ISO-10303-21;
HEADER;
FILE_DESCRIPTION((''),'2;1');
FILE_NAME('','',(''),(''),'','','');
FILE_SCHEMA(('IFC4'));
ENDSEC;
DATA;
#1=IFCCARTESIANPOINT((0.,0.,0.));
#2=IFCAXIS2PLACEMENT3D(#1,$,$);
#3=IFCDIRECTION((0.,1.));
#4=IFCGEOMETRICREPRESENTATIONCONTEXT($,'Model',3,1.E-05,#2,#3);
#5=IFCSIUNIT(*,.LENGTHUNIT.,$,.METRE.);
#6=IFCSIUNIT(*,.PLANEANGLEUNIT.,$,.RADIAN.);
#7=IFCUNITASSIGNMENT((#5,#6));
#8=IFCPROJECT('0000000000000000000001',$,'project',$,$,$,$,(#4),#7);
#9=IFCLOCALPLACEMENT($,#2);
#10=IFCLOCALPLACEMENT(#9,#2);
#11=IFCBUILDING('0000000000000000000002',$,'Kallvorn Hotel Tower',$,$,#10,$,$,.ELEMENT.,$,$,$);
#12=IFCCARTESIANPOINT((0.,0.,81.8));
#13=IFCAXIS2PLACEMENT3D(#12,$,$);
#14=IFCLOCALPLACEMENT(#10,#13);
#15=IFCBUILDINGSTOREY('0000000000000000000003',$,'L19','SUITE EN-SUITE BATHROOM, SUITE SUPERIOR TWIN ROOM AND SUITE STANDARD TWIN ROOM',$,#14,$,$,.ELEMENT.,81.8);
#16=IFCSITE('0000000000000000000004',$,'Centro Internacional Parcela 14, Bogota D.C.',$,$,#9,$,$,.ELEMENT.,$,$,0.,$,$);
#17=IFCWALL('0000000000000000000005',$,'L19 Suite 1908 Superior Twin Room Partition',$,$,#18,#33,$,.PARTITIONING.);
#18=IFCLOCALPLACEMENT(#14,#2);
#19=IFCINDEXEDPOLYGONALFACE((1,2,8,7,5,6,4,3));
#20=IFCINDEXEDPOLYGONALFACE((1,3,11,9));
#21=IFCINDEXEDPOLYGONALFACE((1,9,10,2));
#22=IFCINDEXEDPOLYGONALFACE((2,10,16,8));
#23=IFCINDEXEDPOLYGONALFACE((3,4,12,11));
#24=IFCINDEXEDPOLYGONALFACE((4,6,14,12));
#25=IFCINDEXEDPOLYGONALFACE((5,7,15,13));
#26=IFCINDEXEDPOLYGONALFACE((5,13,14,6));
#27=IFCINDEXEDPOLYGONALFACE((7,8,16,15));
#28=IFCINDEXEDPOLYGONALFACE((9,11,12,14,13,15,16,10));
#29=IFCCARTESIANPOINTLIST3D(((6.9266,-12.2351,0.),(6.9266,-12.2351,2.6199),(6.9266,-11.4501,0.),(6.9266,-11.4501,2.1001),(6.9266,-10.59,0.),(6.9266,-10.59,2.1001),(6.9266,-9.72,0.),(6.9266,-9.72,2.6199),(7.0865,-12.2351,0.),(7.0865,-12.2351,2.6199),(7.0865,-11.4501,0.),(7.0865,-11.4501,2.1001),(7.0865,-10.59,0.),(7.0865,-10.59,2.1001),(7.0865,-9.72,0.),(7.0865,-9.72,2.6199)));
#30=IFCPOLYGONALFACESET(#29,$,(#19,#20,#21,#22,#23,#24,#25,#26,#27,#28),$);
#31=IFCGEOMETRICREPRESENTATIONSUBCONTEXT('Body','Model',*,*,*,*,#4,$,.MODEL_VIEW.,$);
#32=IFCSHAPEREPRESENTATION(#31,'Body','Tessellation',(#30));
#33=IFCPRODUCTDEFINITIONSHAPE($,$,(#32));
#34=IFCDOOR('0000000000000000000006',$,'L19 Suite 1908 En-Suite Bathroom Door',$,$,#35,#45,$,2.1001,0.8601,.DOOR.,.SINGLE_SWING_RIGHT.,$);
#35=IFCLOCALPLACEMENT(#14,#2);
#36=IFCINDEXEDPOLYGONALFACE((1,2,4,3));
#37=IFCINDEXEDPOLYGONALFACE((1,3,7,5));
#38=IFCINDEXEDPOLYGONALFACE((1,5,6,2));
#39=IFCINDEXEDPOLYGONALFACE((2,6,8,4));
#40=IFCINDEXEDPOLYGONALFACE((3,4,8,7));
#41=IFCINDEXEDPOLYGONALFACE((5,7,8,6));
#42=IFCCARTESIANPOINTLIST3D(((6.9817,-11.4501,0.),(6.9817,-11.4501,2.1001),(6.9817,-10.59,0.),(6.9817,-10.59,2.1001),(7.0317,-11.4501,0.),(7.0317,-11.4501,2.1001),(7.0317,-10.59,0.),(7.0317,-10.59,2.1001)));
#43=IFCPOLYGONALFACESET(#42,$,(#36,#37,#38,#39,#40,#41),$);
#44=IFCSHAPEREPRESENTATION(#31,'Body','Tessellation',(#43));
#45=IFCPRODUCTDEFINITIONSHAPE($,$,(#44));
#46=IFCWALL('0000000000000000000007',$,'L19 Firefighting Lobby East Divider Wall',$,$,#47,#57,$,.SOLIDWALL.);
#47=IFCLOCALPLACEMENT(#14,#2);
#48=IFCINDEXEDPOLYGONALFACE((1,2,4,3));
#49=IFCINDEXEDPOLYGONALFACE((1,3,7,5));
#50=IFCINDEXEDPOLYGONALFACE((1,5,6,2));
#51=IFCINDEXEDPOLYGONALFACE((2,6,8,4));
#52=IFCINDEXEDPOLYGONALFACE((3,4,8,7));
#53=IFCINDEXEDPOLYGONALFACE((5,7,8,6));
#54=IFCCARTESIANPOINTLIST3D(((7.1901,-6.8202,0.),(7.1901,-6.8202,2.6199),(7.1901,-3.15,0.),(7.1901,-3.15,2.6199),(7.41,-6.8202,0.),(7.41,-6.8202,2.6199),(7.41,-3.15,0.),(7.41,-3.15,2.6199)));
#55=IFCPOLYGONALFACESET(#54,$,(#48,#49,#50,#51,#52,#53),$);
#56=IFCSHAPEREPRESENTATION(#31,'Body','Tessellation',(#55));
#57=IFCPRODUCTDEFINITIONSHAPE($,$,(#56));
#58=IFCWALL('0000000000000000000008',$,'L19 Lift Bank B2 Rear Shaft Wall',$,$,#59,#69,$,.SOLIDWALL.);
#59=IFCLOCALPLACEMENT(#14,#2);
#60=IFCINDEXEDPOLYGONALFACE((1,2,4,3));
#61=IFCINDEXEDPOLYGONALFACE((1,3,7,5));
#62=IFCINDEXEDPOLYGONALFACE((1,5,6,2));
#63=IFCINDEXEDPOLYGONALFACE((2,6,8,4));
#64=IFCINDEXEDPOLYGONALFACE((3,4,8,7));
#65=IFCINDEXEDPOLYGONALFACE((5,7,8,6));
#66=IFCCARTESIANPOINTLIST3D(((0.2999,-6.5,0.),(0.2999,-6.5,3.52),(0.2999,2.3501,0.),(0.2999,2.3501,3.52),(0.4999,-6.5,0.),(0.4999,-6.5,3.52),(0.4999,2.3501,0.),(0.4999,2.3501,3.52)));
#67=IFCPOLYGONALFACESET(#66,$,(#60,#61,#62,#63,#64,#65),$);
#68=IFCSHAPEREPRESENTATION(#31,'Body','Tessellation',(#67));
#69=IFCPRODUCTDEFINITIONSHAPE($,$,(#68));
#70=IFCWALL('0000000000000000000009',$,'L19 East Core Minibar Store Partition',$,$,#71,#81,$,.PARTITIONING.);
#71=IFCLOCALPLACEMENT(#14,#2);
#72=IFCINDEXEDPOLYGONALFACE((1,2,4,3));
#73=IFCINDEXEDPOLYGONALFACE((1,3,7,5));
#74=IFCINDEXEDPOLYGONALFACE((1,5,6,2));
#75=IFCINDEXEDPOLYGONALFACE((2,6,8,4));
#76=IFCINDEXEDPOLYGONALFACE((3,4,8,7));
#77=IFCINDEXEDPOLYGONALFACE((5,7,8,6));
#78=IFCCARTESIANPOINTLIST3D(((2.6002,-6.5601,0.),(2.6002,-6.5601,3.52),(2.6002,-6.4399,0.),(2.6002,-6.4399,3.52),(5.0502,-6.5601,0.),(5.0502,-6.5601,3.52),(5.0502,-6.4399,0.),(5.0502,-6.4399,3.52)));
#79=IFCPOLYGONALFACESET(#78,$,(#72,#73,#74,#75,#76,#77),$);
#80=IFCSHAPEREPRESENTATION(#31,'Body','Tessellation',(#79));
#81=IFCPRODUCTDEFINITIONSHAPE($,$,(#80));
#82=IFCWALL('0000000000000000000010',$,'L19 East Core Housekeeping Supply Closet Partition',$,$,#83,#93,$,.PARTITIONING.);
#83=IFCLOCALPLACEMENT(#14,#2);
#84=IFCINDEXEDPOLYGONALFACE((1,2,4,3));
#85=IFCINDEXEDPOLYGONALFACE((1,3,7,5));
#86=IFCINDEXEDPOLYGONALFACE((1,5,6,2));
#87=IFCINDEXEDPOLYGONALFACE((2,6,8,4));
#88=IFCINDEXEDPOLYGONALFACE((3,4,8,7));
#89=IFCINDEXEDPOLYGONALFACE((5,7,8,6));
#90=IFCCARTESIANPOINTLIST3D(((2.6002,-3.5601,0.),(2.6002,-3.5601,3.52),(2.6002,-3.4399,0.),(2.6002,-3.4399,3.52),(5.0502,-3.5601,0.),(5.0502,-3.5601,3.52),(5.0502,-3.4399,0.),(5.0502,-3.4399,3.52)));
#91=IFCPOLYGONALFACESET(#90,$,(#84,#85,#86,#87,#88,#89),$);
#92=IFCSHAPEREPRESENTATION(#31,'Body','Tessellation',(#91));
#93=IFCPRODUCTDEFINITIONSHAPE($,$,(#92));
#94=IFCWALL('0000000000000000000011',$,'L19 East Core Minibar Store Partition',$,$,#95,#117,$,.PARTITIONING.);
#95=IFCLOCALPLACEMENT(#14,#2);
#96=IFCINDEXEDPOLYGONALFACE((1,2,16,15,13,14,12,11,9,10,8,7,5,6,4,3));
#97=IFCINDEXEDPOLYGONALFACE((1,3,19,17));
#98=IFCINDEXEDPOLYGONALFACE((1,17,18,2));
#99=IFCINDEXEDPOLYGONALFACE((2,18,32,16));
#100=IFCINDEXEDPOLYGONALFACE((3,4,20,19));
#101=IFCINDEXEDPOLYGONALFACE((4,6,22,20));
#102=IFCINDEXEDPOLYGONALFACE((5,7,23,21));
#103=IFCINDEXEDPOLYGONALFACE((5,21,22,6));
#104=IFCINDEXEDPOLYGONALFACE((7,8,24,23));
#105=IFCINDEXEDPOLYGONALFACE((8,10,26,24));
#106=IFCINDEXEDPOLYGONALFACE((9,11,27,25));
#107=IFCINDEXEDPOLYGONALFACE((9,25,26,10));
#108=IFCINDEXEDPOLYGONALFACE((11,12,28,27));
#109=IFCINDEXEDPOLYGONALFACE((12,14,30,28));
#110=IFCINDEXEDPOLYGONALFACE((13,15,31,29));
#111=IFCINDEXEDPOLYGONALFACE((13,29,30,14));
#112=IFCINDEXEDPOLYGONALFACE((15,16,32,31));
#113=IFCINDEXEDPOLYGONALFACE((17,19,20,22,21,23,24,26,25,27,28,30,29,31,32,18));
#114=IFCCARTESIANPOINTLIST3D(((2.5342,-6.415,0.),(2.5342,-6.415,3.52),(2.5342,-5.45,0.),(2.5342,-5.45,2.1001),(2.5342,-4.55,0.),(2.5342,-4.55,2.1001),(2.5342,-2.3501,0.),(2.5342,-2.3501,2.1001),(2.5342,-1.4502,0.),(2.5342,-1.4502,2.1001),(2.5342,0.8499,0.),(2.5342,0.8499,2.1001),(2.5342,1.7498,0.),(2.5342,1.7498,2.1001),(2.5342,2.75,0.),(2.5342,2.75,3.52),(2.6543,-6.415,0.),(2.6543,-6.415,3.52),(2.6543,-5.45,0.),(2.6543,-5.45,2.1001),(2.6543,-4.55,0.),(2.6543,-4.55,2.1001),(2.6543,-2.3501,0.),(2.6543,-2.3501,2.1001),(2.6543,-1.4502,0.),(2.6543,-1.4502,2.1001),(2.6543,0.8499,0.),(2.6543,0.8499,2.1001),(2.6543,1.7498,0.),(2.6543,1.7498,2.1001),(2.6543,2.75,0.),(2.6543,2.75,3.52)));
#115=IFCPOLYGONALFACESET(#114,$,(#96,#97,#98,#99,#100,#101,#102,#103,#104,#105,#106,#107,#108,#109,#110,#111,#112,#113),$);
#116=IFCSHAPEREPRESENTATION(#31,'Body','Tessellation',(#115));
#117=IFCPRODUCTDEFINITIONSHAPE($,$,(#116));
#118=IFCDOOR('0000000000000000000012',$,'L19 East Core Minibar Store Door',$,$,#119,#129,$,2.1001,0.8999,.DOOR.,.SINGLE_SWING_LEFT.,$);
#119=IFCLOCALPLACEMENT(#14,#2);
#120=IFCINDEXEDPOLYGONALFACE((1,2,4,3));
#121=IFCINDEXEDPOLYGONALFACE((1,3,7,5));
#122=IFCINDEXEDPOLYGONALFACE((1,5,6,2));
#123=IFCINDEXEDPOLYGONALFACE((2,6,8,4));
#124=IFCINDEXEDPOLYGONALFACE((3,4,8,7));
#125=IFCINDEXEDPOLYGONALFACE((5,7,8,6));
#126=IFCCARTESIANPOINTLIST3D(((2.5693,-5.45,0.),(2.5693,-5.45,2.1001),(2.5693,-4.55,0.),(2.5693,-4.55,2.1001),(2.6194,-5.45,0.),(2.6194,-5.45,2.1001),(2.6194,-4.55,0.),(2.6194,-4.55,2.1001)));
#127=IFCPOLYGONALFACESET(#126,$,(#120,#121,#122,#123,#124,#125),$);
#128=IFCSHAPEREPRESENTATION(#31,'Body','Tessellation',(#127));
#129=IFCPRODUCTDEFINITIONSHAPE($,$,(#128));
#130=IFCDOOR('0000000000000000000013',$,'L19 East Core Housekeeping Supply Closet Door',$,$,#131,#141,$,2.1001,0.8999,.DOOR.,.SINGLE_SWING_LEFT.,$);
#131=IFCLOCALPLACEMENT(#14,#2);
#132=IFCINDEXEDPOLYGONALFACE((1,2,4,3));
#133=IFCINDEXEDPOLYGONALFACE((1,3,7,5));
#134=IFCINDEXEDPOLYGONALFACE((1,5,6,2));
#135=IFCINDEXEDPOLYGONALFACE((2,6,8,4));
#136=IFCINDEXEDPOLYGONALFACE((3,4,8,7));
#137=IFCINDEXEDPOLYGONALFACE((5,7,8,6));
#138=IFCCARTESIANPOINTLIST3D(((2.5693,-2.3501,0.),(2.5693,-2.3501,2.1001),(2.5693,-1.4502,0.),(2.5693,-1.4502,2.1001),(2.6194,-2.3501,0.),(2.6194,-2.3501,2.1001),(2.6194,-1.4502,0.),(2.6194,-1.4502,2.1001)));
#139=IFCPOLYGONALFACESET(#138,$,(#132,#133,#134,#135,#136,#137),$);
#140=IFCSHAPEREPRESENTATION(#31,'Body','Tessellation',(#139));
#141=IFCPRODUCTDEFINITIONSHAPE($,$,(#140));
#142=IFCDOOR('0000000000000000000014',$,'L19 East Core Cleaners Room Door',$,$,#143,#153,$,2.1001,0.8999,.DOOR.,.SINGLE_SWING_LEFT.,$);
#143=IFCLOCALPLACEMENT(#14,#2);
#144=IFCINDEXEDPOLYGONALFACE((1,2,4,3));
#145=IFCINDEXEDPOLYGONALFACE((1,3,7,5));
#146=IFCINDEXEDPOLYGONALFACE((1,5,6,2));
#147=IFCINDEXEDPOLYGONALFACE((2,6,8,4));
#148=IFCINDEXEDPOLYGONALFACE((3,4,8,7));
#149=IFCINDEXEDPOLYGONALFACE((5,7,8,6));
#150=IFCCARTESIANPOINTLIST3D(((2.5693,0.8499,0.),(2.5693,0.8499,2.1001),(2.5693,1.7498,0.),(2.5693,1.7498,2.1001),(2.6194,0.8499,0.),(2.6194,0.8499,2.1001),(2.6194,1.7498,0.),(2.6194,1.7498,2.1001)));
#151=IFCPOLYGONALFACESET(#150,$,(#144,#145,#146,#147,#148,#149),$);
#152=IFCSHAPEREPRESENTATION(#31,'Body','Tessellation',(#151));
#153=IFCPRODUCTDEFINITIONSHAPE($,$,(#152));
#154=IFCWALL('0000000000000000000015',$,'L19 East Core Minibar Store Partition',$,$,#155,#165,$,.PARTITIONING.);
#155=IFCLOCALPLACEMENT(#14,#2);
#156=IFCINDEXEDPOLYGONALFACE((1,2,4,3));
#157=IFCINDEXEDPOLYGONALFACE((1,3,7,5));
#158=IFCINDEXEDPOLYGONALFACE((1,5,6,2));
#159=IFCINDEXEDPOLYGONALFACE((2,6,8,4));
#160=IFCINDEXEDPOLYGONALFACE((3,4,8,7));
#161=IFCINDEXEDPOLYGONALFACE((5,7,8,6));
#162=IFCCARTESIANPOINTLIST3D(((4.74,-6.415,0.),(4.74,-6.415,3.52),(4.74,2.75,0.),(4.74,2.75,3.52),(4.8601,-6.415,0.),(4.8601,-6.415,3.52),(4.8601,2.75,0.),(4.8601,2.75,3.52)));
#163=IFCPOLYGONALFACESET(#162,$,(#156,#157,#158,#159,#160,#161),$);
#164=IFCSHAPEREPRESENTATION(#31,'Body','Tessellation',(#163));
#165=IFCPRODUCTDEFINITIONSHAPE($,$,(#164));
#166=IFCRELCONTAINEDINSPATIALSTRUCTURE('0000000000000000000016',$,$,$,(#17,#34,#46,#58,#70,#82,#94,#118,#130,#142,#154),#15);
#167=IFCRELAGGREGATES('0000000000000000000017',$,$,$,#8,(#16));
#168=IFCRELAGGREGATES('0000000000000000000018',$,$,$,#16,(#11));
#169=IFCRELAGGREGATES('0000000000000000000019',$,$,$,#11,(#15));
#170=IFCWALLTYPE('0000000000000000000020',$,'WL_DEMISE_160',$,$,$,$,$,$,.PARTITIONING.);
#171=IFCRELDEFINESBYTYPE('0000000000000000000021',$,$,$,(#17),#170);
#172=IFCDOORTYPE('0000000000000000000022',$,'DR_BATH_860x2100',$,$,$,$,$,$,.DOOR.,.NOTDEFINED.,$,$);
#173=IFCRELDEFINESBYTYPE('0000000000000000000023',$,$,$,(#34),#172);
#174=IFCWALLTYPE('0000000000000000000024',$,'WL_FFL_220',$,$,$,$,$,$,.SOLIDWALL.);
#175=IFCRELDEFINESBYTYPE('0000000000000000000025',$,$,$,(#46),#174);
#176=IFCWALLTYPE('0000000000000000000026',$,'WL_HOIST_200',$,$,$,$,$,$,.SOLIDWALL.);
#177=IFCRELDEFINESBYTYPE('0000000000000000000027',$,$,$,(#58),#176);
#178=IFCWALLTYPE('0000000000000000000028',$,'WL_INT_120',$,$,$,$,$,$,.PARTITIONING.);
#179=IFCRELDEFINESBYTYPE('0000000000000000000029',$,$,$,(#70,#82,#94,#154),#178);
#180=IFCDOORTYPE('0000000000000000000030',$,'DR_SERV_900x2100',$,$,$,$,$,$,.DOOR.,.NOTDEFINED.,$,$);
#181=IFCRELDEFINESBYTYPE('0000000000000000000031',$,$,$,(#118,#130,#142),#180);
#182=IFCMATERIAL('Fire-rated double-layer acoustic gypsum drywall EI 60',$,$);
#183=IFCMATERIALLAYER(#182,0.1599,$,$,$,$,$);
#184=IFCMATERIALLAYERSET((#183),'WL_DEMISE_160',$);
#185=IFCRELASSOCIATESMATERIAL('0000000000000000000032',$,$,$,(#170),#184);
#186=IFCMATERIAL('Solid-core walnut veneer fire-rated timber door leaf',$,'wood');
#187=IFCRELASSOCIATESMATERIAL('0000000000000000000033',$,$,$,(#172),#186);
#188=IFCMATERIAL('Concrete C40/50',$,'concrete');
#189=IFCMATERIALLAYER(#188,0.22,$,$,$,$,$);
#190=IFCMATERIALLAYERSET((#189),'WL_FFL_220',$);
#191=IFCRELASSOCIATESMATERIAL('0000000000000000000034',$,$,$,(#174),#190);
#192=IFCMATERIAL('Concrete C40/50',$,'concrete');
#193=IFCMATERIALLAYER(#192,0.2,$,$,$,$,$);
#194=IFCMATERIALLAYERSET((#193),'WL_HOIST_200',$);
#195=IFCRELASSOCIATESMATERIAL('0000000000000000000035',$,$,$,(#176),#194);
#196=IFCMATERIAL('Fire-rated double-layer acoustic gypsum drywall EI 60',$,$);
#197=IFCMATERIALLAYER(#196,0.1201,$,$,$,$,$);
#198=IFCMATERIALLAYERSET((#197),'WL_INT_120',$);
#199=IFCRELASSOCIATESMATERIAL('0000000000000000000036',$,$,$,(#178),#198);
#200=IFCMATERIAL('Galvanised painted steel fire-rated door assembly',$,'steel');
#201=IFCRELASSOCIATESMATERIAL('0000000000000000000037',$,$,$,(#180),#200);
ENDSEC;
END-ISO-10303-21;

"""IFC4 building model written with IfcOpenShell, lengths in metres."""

from ifc_helpers import new_model, si_unit, direction, frame, frame_2d, origin, place, context, subcontext, project, spatial, rectangle, extrude, material, layer, layer_set, type_object, element, fill, save


model = new_model("IFC4")

# Units and contexts
model_context = context("Model", 3, precision=1e-05, world=origin(), true_north=direction((0.0, 1.0)))
body_context = subcontext(model_context, "Body", "Model", "MODEL_VIEW")
ifc_project = project(units=[si_unit("LENGTHUNIT", "METRE"), si_unit("PLANEANGLEUNIT", "RADIAN")], contexts=[model_context])

# Site, building, storey
site_placement = place(None, origin())
site = spatial("IfcSite", under=ifc_project, at=site_placement, Name="Centro Internacional Parcela 14, Bogota D.C.", CompositionType="ELEMENT", RefElevation=0.0)
building_placement = place(site_placement, origin())
building = spatial("IfcBuilding", under=site, at=building_placement, Name="Kallvorn Hotel Tower", CompositionType="ELEMENT")
storey_placement = place(building_placement, frame((0.0, 0.0, 81.8)))
storey = spatial("IfcBuildingStorey", under=building, at=storey_placement, Name="L19", Description="SUITE EN-SUITE BATHROOM, SUITE SUPERIOR TWIN ROOM AND SUITE STANDARD TWIN ROOM", CompositionType="ELEMENT", Elevation=81.8)

# Shared definitions
ifc_material_1 = material(Name="Fire-rated double-layer acoustic gypsum drywall EI 60")
ifc_layer_1 = layer(ifc_material_1, 0.1599)
ifc_layer_set_1 = layer_set([ifc_layer_1], Name="WL_DEMISE_160")
wall_type_1 = type_object("IfcWallType", Name="WL_DEMISE_160", PredefinedType="PARTITIONING", material=ifc_layer_set_1)

# Wall, opening, door
ifc_material_2 = material(Name="Solid-core walnut veneer fire-rated timber door leaf", Category="wood")
door_type_1 = type_object("IfcDoorType", Name="DR_BATH_860x2100", OperationType="NOTDEFINED", PredefinedType="DOOR", material=ifc_material_2)
wall_1_placement = place(storey_placement, frame((7.0066, -12.2351, 0.0), z_axis=(0.0, 0.0, 1.0), x_axis=(0.0, 1.0, 0.0)))
wall_1 = element("IfcWall", 1, at=wall_1_placement, inside=storey, type_object=wall_type_1, Name="L19 Suite 1908 Superior Twin Room Partition", PredefinedType="PARTITIONING", context=body_context, shape_type="SweptSolid", body=[
    extrude(rectangle(XDim=2.5151, YDim=0.1599, at=frame_2d((1.2576, 0.0))), origin(), (0.0, 0.0, 1.0), 2.6199),
])
opening_1_placement = place(wall_1_placement, frame((0.7849, 0.0, 0.0)))
opening_1 = element("IfcOpeningElement", 2, at=opening_1_placement, cuts=wall_1, PredefinedType="OPENING", context=body_context, shape_type="SweptSolid", body=[
    extrude(rectangle(XDim=0.8601, YDim=2.1001, at=frame_2d((0.4302, 1.05))), frame((0.0, 0.095, 0.0), z_axis=(0.0, -1.0, 0.0), x_axis=(1.0, 0.0, 0.0)), (0.0, 0.0, 1.0), 0.1899),
])
door_1_placement = place(opening_1_placement, origin())
door_1 = element("IfcDoor", 3, at=door_1_placement, inside=storey, type_object=door_type_1, Name="L19 Suite 1908 En-Suite Bathroom Door", OperationType="SINGLE_SWING_RIGHT", OverallHeight=2.1001, OverallWidth=0.8601, PredefinedType="DOOR", context=body_context, shape_type="SweptSolid", body=[
    extrude(rectangle(XDim=0.8601, YDim=2.1001, at=frame_2d((0.4302, 1.05))), frame((0.0, 0.0249, 0.0), z_axis=(0.0, -1.0, 0.0), x_axis=(1.0, 0.0, 0.0)), (0.0, 0.0, 1.0), 0.05),
])
fill(opening_1, door_1)

# Walls
ifc_material_3 = material(Name="Concrete C40/50", Category="concrete")
ifc_layer_2 = layer(ifc_material_3, 0.22)
ifc_layer_set_2 = layer_set([ifc_layer_2], Name="WL_FFL_220")
wall_type_2 = type_object("IfcWallType", Name="WL_FFL_220", PredefinedType="SOLIDWALL", material=ifc_layer_set_2)
wall_2_placement = place(storey_placement, frame((7.3, -6.8201, 0.0), z_axis=(0.0, 0.0, 1.0), x_axis=(0.0, 1.0, 0.0)))
element("IfcWall", 4, at=wall_2_placement, inside=storey, type_object=wall_type_2, Name="L19 Firefighting Lobby East Divider Wall", PredefinedType="SOLIDWALL", context=body_context, shape_type="SweptSolid", body=[
    extrude(rectangle(XDim=3.6702, YDim=0.22, at=frame_2d((1.835, 0.0))), origin(), (0.0, 0.0, 1.0), 2.6199),
])
ifc_material_4 = material(Name="Concrete C40/50", Category="concrete")
ifc_layer_3 = layer(ifc_material_4, 0.2)
ifc_layer_set_3 = layer_set([ifc_layer_3], Name="WL_HOIST_200")
wall_type_3 = type_object("IfcWallType", Name="WL_HOIST_200", PredefinedType="SOLIDWALL", material=ifc_layer_set_3)
wall_3_placement = place(storey_placement, frame((0.3999, -6.5, 0.0), z_axis=(0.0, 0.0, 1.0), x_axis=(0.0, 1.0, 0.0)))
element("IfcWall", 5, at=wall_3_placement, inside=storey, type_object=wall_type_3, Name="L19 Lift Bank B2 Rear Shaft Wall", PredefinedType="SOLIDWALL", context=body_context, shape_type="SweptSolid", body=[
    extrude(rectangle(XDim=8.8501, YDim=0.2, at=frame_2d((4.425, 0.0))), origin(), (0.0, 0.0, 1.0), 3.52),
])
ifc_material_5 = material(Name="Fire-rated double-layer acoustic gypsum drywall EI 60")
ifc_layer_4 = layer(ifc_material_5, 0.1201)
ifc_layer_set_4 = layer_set([ifc_layer_4], Name="WL_INT_120")
wall_type_4 = type_object("IfcWallType", Name="WL_INT_120", PredefinedType="PARTITIONING", material=ifc_layer_set_4)
for number, where, z_axis, x_axis, name in (
    (6, (2.6001, -6.5, 0.0), (0.0, 0.0, 1.0), (1.0, 0.0, 0.0), "L19 East Core Minibar Store Partition"),
    (7, (2.6001, -3.5, 0.0), (0.0, 0.0, 1.0), (1.0, 0.0, 0.0), "L19 East Core Housekeeping Supply Closet Partition"),
):
    element("IfcWall", number, at=place(storey_placement, frame(where, z_axis=z_axis, x_axis=x_axis)), inside=storey, type_object=wall_type_4, Name=name, PredefinedType="PARTITIONING", context=body_context, shape_type="SweptSolid", body=[
        extrude(rectangle(XDim=2.45, YDim=0.1201, at=frame_2d((1.2251, 0.0))), origin(), (0.0, 0.0, 1.0), 3.52),
    ])

# Wall, openings, doors
wall_4_placement = place(storey_placement, frame((2.5942, -6.415, 0.0), z_axis=(0.0, 0.0, 1.0), x_axis=(0.0, 1.0, 0.0)))
wall_4 = element("IfcWall", 8, at=wall_4_placement, inside=storey, type_object=wall_type_4, Name="L19 East Core Minibar Store Partition", PredefinedType="PARTITIONING", context=body_context, shape_type="SweptSolid", body=[
    extrude(rectangle(XDim=9.165, YDim=0.1201, at=frame_2d((4.5825, 0.0))), origin(), (0.0, 0.0, 1.0), 3.52),
])
opening_2_placement = place(wall_4_placement, frame((0.9651, 0.0, 0.0)))
opening_2 = element("IfcOpeningElement", 9, at=opening_2_placement, cuts=wall_4, PredefinedType="OPENING", context=body_context, shape_type="SweptSolid", body=[
    extrude(rectangle(XDim=0.8999, YDim=2.1001, at=frame_2d((0.45, 1.05))), frame((0.0, 0.075, 0.0), z_axis=(0.0, -1.0, 0.0), x_axis=(1.0, 0.0, 0.0)), (0.0, 0.0, 1.0), 0.1501),
])
opening_3_placement = place(wall_4_placement, frame((4.0649, 0.0, 0.0)))
opening_3 = element("IfcOpeningElement", 10, at=opening_3_placement, cuts=wall_4, PredefinedType="OPENING", context=body_context, shape_type="SweptSolid", body=[
    extrude(rectangle(XDim=0.8999, YDim=2.1001, at=frame_2d((0.45, 1.05))), frame((0.0, 0.075, 0.0), z_axis=(0.0, -1.0, 0.0), x_axis=(1.0, 0.0, 0.0)), (0.0, 0.0, 1.0), 0.1501),
])
opening_4_placement = place(wall_4_placement, frame((7.2649, 0.0, 0.0)))
opening_4 = element("IfcOpeningElement", 11, at=opening_4_placement, cuts=wall_4, PredefinedType="OPENING", context=body_context, shape_type="SweptSolid", body=[
    extrude(rectangle(XDim=0.8999, YDim=2.1001, at=frame_2d((0.45, 1.05))), frame((0.0, 0.075, 0.0), z_axis=(0.0, -1.0, 0.0), x_axis=(1.0, 0.0, 0.0)), (0.0, 0.0, 1.0), 0.1501),
])
ifc_material_6 = material(Name="Galvanised painted steel fire-rated door assembly", Category="steel")
door_type_2 = type_object("IfcDoorType", Name="DR_SERV_900x2100", OperationType="NOTDEFINED", PredefinedType="DOOR", material=ifc_material_6)
door_2_placement = place(opening_2_placement, origin())
door_2 = element("IfcDoor", 12, at=door_2_placement, inside=storey, type_object=door_type_2, Name="L19 East Core Minibar Store Door", OperationType="SINGLE_SWING_LEFT", OverallHeight=2.1001, OverallWidth=0.8999, PredefinedType="DOOR", context=body_context, shape_type="SweptSolid", body=[
    extrude(rectangle(XDim=0.8999, YDim=2.1001, at=frame_2d((0.45, 1.05))), frame((0.0, 0.0249, 0.0), z_axis=(0.0, -1.0, 0.0), x_axis=(1.0, 0.0, 0.0)), (0.0, 0.0, 1.0), 0.05),
])
fill(opening_2, door_2)
door_3_placement = place(opening_3_placement, origin())
door_3 = element("IfcDoor", 13, at=door_3_placement, inside=storey, type_object=door_type_2, Name="L19 East Core Housekeeping Supply Closet Door", OperationType="SINGLE_SWING_LEFT", OverallHeight=2.1001, OverallWidth=0.8999, PredefinedType="DOOR", context=body_context, shape_type="SweptSolid", body=[
    extrude(rectangle(XDim=0.8999, YDim=2.1001, at=frame_2d((0.45, 1.05))), frame((0.0, 0.0249, 0.0), z_axis=(0.0, -1.0, 0.0), x_axis=(1.0, 0.0, 0.0)), (0.0, 0.0, 1.0), 0.05),
])
fill(opening_3, door_3)
door_4_placement = place(opening_4_placement, origin())
door_4 = element("IfcDoor", 14, at=door_4_placement, inside=storey, type_object=door_type_2, Name="L19 East Core Cleaners Room Door", OperationType="SINGLE_SWING_LEFT", OverallHeight=2.1001, OverallWidth=0.8999, PredefinedType="DOOR", context=body_context, shape_type="SweptSolid", body=[
    extrude(rectangle(XDim=0.8999, YDim=2.1001, at=frame_2d((0.45, 1.05))), frame((0.0, 0.0249, 0.0), z_axis=(0.0, -1.0, 0.0), x_axis=(1.0, 0.0, 0.0)), (0.0, 0.0, 1.0), 0.05),
])
fill(opening_4, door_4)

# Wall
wall_5_placement = place(storey_placement, frame((4.8, -6.415, 0.0), z_axis=(0.0, 0.0, 1.0), x_axis=(0.0, 1.0, 0.0)))
element("IfcWall", 15, at=wall_5_placement, inside=storey, type_object=wall_type_4, Name="L19 East Core Minibar Store Partition", PredefinedType="PARTITIONING", context=body_context, shape_type="SweptSolid", body=[
    extrude(rectangle(XDim=9.165, YDim=0.1201, at=frame_2d((4.5825, 0.0))), origin(), (0.0, 0.0, 1.0), 3.52),
])

save(model, "model.ifc")
